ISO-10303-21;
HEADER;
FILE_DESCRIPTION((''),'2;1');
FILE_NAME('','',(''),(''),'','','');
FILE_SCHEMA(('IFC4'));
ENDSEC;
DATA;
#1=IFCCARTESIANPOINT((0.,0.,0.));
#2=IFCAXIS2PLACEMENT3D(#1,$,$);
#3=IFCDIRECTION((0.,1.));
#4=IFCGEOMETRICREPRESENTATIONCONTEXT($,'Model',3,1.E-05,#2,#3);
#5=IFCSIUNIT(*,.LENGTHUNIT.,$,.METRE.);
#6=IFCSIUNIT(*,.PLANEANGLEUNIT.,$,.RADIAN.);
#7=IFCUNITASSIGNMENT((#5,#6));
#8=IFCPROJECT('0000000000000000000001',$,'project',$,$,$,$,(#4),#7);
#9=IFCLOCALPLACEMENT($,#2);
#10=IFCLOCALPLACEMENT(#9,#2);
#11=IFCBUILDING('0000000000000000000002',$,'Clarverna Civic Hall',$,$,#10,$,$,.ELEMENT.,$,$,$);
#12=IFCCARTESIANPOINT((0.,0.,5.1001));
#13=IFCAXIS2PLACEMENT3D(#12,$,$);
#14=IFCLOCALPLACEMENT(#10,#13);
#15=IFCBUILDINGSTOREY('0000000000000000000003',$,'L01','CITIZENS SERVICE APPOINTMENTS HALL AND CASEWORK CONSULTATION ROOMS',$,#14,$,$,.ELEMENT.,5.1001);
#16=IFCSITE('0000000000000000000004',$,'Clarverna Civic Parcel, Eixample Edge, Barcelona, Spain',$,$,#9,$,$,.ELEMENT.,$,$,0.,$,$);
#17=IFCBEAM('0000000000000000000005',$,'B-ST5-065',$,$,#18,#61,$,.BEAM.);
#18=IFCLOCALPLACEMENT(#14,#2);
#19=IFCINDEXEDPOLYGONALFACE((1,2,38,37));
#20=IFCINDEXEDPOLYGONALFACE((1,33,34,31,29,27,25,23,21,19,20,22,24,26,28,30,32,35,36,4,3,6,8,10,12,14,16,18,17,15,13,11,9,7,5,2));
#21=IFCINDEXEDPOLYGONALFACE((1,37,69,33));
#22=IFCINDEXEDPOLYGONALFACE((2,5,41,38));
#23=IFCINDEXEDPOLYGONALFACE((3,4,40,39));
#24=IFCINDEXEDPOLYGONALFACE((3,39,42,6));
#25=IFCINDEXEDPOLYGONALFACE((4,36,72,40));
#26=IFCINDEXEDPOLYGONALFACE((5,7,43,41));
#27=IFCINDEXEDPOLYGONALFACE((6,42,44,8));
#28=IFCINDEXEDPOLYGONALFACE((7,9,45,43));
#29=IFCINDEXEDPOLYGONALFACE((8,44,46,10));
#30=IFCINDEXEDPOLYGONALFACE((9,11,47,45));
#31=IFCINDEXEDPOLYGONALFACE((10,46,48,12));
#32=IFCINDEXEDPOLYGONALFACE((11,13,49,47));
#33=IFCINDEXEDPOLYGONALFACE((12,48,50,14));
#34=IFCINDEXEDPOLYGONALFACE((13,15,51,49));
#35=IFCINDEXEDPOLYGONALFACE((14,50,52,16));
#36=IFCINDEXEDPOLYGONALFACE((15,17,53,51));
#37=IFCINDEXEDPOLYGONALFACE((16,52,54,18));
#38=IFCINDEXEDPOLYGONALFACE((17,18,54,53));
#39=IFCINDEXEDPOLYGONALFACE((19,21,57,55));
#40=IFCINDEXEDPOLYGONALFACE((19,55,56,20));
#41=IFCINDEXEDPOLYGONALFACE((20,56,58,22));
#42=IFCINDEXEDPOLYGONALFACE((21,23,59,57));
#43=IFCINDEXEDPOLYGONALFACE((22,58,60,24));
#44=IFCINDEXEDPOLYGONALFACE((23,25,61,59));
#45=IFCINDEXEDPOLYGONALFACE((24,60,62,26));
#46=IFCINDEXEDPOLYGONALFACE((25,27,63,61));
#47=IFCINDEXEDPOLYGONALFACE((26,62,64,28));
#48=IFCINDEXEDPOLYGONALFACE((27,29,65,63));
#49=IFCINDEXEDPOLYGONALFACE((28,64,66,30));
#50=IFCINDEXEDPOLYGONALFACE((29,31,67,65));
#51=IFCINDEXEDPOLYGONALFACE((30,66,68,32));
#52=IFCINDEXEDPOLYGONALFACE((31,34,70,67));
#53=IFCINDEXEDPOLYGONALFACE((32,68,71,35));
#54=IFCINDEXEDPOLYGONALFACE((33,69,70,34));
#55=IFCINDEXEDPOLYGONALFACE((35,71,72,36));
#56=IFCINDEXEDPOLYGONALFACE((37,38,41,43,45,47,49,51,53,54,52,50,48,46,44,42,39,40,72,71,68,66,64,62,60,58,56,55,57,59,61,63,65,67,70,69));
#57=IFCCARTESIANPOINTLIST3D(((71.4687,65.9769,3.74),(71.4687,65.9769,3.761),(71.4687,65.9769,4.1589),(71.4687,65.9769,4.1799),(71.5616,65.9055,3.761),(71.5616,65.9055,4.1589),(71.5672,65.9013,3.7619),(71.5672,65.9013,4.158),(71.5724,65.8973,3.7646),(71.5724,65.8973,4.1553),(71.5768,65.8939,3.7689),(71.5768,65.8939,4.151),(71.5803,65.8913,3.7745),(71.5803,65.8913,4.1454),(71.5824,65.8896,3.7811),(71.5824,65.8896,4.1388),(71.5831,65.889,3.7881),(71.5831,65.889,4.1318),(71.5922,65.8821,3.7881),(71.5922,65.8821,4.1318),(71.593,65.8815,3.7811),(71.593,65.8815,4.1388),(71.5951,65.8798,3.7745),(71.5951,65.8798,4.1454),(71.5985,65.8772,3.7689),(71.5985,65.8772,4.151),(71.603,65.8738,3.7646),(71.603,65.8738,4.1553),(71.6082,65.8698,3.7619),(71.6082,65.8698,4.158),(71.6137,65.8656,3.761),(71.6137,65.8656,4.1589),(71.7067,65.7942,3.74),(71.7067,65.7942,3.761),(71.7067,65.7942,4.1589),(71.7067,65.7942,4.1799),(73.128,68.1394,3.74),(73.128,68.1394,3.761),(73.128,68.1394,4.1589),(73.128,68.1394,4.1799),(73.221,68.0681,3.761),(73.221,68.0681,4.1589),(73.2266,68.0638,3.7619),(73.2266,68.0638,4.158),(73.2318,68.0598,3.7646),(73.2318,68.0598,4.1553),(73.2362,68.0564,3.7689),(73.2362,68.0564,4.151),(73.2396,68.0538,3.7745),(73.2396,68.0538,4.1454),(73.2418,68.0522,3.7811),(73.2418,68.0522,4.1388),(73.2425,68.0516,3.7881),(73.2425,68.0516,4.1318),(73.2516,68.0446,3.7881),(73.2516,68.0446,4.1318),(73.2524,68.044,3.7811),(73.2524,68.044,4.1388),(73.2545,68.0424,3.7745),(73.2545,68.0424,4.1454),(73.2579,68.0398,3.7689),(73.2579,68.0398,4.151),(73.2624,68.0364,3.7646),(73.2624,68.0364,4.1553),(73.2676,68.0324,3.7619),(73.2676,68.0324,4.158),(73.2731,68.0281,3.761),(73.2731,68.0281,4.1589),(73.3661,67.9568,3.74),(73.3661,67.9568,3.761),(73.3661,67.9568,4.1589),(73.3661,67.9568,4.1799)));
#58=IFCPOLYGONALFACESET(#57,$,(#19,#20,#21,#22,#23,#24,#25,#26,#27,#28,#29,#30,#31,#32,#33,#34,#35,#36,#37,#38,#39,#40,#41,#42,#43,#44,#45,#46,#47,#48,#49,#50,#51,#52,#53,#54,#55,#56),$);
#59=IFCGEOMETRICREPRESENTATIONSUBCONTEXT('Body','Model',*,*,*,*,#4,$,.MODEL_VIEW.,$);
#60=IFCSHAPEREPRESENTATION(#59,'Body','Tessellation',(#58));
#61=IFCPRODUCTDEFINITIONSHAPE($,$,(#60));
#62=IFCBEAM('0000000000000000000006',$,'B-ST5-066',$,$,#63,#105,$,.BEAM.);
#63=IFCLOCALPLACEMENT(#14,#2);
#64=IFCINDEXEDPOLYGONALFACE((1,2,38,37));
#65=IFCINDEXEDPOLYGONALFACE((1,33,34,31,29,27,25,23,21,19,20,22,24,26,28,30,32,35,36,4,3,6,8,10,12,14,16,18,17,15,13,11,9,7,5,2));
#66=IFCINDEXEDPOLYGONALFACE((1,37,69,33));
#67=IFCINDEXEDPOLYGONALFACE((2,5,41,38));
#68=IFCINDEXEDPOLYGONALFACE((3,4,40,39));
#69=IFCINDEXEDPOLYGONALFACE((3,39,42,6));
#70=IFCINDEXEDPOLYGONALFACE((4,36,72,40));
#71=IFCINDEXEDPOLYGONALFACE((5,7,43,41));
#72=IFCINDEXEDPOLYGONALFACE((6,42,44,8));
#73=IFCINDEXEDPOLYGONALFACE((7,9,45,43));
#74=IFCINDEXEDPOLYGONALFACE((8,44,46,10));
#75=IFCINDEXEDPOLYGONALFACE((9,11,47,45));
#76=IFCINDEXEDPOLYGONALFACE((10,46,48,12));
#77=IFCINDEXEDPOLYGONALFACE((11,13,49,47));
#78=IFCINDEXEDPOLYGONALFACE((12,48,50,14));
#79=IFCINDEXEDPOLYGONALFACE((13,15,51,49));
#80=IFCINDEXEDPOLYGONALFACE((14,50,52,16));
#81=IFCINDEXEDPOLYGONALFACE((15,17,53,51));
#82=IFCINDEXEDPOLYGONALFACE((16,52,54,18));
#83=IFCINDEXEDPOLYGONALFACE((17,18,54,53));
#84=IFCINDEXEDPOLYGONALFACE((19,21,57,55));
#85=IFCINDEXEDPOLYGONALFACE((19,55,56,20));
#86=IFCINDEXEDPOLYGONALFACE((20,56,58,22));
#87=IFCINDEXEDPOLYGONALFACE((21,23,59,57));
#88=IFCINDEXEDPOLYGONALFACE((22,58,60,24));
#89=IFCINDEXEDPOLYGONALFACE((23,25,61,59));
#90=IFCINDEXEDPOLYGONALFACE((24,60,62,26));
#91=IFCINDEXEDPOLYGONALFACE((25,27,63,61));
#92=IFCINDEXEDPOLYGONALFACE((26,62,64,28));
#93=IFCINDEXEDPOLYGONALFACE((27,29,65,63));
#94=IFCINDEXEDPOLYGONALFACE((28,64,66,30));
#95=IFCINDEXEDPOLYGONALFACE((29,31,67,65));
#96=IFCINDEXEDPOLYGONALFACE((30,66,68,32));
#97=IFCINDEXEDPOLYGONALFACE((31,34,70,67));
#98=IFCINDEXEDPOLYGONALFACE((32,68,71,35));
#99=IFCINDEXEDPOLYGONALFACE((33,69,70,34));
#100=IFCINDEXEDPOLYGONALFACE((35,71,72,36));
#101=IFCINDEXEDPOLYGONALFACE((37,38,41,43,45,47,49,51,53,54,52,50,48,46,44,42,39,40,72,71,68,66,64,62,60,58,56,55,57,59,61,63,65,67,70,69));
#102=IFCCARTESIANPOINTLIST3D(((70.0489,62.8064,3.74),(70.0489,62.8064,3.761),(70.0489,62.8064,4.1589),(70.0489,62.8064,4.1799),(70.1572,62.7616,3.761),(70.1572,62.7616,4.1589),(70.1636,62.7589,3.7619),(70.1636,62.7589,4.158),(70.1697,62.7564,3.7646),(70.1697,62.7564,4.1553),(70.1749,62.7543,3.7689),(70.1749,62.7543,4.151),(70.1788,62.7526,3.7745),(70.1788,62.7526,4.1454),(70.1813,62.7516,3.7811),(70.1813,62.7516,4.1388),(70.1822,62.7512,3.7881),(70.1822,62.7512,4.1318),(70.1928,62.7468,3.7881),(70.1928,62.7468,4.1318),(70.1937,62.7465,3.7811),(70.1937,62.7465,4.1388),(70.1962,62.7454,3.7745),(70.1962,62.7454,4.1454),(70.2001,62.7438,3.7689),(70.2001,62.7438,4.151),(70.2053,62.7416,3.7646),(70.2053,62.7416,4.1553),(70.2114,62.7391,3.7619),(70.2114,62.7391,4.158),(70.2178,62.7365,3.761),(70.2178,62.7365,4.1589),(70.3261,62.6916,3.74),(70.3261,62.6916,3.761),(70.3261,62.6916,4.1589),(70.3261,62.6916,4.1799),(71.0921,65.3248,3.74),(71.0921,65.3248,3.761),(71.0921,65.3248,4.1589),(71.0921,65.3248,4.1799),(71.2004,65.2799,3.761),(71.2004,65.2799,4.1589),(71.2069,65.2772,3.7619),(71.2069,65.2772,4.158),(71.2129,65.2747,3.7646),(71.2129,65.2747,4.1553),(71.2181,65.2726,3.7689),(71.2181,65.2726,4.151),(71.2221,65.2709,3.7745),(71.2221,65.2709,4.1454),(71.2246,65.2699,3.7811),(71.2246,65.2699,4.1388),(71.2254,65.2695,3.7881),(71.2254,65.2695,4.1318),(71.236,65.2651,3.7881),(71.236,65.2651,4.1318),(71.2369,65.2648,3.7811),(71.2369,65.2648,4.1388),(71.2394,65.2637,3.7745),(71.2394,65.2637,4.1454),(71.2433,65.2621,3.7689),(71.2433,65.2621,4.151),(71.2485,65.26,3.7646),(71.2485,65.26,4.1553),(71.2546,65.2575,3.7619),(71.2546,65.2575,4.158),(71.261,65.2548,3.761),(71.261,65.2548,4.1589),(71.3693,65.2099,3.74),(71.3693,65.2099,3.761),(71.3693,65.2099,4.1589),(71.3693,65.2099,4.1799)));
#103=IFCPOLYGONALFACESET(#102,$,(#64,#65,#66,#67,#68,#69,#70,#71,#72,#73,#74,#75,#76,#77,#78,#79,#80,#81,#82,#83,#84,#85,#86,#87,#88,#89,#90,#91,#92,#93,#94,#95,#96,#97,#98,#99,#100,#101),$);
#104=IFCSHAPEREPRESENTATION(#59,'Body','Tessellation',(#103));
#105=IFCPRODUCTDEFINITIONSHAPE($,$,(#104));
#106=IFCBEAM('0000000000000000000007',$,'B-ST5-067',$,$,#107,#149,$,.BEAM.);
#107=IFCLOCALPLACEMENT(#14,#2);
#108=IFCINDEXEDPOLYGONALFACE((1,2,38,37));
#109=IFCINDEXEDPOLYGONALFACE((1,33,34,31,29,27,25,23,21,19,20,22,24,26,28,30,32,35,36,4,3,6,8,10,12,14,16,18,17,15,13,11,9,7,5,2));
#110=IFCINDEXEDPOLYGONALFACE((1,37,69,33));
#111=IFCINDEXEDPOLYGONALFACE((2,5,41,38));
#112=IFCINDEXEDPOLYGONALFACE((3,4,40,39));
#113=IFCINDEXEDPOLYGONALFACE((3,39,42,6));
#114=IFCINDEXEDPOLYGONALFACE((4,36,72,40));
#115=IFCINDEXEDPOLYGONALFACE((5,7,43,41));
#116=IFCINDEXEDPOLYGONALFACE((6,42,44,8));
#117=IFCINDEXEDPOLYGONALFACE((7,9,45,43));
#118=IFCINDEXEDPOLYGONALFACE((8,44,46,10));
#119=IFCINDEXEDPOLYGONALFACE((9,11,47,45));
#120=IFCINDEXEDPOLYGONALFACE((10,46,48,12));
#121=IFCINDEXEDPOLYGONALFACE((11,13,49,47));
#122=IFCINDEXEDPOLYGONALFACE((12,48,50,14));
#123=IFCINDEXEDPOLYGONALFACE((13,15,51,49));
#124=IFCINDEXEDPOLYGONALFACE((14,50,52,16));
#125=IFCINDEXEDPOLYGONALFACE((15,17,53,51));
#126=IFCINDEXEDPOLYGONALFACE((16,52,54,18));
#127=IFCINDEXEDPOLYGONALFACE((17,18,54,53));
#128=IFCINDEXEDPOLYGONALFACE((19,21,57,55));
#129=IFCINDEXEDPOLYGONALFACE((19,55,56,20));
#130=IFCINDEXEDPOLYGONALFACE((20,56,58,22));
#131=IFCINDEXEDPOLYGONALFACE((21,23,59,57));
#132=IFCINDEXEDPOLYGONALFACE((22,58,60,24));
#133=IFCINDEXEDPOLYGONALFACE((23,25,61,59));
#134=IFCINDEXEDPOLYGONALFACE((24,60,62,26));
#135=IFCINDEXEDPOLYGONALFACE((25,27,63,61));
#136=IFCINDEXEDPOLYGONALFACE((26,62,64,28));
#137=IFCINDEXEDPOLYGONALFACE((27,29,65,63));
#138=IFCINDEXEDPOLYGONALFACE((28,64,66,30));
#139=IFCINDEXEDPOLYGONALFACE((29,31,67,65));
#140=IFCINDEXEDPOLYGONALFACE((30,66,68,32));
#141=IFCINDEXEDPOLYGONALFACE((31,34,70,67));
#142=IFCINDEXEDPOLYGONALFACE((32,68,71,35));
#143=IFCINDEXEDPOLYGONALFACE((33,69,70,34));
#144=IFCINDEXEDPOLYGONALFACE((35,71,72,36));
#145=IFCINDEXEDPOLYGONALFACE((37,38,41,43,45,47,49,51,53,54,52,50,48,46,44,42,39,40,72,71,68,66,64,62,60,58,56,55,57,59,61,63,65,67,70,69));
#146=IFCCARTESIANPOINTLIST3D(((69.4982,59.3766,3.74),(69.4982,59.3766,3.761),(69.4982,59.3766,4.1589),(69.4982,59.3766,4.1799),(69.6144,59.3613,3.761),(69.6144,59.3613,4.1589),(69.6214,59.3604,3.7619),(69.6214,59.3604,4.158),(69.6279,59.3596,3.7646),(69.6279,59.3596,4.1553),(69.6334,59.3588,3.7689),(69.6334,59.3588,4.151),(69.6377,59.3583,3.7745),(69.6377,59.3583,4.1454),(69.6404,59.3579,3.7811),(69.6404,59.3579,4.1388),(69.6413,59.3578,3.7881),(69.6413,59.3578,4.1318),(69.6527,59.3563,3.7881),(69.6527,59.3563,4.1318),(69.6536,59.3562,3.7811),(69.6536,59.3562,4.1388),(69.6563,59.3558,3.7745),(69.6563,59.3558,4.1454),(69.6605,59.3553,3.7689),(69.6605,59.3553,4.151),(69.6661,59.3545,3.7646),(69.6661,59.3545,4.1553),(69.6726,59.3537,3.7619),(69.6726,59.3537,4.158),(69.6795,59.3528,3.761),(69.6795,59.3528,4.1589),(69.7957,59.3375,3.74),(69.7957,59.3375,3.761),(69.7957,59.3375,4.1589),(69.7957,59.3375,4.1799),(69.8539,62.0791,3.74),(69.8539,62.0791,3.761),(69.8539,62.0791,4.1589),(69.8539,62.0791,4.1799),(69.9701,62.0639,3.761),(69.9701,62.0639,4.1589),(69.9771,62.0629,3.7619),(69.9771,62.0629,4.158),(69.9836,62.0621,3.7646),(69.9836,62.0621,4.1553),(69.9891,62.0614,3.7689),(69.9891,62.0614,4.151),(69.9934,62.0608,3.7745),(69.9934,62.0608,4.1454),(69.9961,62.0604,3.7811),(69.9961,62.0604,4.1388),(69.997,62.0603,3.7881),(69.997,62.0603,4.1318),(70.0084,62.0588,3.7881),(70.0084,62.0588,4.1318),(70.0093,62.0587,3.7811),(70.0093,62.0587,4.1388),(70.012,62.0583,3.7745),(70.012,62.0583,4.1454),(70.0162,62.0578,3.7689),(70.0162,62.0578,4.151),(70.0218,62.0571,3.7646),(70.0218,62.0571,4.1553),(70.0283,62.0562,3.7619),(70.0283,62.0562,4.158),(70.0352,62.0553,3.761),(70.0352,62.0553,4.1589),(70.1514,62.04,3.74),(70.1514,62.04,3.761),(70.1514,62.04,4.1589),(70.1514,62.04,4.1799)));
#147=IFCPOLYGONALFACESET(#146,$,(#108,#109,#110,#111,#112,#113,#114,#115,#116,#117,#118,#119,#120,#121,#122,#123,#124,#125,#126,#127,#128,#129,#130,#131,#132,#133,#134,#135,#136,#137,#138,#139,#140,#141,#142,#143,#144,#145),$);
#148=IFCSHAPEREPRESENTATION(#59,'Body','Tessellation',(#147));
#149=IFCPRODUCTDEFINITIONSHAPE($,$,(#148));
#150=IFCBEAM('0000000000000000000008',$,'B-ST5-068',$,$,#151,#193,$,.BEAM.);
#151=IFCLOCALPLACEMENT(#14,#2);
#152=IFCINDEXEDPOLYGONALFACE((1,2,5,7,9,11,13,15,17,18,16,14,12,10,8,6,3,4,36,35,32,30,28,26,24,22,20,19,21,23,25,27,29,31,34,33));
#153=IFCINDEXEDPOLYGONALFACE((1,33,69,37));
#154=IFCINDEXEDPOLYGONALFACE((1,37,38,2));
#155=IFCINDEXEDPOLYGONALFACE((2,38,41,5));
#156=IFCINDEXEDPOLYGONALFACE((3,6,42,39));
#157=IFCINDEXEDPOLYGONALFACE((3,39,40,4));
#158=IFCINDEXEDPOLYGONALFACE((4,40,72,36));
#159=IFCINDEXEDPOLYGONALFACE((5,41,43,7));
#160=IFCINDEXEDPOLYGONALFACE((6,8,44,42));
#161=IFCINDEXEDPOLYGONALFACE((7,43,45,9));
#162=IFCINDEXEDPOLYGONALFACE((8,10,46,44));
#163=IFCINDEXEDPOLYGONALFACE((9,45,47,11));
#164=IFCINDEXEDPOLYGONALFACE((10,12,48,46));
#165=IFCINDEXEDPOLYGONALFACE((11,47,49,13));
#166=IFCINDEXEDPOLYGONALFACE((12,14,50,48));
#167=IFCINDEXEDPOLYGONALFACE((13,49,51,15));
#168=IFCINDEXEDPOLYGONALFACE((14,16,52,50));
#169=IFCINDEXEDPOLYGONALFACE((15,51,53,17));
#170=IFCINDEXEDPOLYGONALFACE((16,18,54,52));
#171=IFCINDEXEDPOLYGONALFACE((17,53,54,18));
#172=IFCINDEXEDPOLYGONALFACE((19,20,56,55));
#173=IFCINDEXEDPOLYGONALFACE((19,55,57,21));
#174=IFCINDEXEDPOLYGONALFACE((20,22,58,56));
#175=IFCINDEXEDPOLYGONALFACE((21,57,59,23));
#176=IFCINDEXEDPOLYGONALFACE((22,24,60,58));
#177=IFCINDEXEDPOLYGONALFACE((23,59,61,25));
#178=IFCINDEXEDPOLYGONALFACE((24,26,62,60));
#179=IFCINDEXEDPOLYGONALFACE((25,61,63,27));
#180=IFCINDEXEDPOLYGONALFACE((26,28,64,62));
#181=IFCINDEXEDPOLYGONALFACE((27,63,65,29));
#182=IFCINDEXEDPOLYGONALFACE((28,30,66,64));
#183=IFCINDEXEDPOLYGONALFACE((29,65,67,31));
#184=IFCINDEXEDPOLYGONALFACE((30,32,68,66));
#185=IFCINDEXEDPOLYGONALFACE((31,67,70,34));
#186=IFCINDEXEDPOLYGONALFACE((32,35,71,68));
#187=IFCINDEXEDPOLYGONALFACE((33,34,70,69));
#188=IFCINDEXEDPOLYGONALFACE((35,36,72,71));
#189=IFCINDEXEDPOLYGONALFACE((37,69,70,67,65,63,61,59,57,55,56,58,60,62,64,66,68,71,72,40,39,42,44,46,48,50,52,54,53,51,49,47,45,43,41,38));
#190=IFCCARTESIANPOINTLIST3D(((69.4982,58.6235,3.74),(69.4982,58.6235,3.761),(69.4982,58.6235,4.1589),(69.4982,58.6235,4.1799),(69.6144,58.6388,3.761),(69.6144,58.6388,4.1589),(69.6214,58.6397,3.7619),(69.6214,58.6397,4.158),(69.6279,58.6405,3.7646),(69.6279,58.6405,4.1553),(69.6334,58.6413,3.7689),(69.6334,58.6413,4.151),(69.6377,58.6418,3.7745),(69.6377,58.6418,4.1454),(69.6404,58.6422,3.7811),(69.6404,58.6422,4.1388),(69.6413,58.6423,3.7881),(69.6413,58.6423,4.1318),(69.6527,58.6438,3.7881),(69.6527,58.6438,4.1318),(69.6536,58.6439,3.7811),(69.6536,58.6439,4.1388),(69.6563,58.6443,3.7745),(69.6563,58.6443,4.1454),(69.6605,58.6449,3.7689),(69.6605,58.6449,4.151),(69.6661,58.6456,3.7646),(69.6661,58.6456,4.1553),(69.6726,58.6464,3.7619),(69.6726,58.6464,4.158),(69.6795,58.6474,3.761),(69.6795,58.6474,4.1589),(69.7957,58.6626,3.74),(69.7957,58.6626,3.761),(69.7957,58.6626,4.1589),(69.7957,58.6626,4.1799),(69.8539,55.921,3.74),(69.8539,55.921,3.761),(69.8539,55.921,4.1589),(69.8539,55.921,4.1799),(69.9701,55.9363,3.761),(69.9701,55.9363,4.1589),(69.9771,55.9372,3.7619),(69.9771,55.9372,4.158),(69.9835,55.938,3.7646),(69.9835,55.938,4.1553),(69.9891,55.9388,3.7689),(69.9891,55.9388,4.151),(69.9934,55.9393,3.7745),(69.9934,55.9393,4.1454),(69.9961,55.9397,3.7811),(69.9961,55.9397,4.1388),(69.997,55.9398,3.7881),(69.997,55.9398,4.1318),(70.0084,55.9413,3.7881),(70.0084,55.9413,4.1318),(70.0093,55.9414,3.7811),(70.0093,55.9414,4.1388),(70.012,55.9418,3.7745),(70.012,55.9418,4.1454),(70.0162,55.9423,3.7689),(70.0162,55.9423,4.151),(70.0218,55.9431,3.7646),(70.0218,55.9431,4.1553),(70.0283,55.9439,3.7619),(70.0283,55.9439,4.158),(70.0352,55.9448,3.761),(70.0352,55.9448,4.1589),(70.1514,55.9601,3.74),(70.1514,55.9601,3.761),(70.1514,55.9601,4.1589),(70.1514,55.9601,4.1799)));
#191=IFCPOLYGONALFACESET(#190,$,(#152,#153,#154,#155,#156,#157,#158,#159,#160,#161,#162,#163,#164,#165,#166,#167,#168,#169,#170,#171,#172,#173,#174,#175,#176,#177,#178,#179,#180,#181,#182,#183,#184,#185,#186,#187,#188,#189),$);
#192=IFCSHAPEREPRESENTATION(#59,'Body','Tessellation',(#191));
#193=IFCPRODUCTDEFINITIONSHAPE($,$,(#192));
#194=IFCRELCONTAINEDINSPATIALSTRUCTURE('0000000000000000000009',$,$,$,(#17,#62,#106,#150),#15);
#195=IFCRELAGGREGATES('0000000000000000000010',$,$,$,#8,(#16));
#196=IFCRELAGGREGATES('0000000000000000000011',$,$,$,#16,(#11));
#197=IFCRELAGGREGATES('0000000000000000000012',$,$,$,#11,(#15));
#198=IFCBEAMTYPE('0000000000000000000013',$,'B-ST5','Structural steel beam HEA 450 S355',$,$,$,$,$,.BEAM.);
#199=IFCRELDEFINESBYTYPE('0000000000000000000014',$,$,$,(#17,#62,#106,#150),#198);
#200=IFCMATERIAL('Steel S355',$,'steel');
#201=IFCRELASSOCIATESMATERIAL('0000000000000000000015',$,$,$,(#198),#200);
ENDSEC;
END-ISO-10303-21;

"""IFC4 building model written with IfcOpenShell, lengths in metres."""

from ifc_helpers import new_model, si_unit, direction, frame, origin, origin_2d, place, context, subcontext, project, spatial, i_section, extrude, material, material_profile, profile_set, type_object, element, save


model = new_model("IFC4")

# Units and contexts
model_context = context("Model", 3, precision=1e-05, world=origin(), true_north=direction((0.0, 1.0)))
body_context = subcontext(model_context, "Body", "Model", "MODEL_VIEW")
ifc_project = project(units=[si_unit("LENGTHUNIT", "METRE"), si_unit("PLANEANGLEUNIT", "RADIAN")], contexts=[model_context])

# Site, building, storey
site_placement = place(None, origin())
site = spatial("IfcSite", under=ifc_project, at=site_placement, Name="Clarverna Civic Parcel, Eixample Edge, Barcelona, Spain", CompositionType="ELEMENT", RefElevation=0.0)
building_placement = place(site_placement, origin())
building = spatial("IfcBuilding", under=site, at=building_placement, Name="Clarverna Civic Hall", CompositionType="ELEMENT")
storey_placement = place(building_placement, frame((0.0, 0.0, 5.1001)))
storey = spatial("IfcBuildingStorey", under=building, at=storey_placement, Name="L01", Description="CITIZENS SERVICE APPOINTMENTS HALL AND CASEWORK CONSULTATION ROOMS", CompositionType="ELEMENT", Elevation=5.1001)

# Beams
ifc_material_1 = material(Name="Steel S355", Category="steel")
ifc_material_profile_1 = material_profile(ifc_material_1, i_section(OverallWidth=0.3, OverallDepth=0.4399, WebThickness=0.0115, FlangeThickness=0.021, FilletRadius=0.0271, at=origin_2d()), Name="HEA 450")
ifc_profile_set_1 = profile_set([ifc_material_profile_1], Name="Steel S355")
beam_type_1 = type_object("IfcBeamType", Name="B-ST5", Description="Structural steel beam HEA 450 S355", PredefinedType="BEAM", material=ifc_profile_set_1)
for number, where, z_axis, x_axis, name in (
    (1, (73.2471, 68.0481, 3.96), (-0.608762, -0.793353, 0.0), (0.793353, -0.608762, 0.0), "B-ST5-065"),
    (2, (71.2307, 65.2673, 3.96), (-0.382713, -0.923867, 0.0), (0.923867, -0.382713, 0.0), "B-ST5-066"),
    (3, (70.0027, 62.0596, 3.96), (-0.130492, -0.991449, 0.0), (0.991449, -0.130492, 0.0), "B-ST5-067"),
    (4, (69.647, 58.6431, 3.96), (0.130492, -0.991449, 0.0), (0.991449, 0.130492, 0.0), "B-ST5-068"),
):
    element("IfcBeam", number, at=place(storey_placement, frame(where, z_axis=z_axis, x_axis=x_axis)), inside=storey, type_object=beam_type_1, Name=name, PredefinedType="BEAM", context=body_context, shape_type="SweptSolid", body=[
        extrude(i_section(OverallWidth=0.3, OverallDepth=0.4399, WebThickness=0.0115, FlangeThickness=0.021, FilletRadius=0.0271, at=origin_2d()), origin(), (0.0, 0.0, 1.0), 2.7258),
    ])

save(model, "model.ifc")
